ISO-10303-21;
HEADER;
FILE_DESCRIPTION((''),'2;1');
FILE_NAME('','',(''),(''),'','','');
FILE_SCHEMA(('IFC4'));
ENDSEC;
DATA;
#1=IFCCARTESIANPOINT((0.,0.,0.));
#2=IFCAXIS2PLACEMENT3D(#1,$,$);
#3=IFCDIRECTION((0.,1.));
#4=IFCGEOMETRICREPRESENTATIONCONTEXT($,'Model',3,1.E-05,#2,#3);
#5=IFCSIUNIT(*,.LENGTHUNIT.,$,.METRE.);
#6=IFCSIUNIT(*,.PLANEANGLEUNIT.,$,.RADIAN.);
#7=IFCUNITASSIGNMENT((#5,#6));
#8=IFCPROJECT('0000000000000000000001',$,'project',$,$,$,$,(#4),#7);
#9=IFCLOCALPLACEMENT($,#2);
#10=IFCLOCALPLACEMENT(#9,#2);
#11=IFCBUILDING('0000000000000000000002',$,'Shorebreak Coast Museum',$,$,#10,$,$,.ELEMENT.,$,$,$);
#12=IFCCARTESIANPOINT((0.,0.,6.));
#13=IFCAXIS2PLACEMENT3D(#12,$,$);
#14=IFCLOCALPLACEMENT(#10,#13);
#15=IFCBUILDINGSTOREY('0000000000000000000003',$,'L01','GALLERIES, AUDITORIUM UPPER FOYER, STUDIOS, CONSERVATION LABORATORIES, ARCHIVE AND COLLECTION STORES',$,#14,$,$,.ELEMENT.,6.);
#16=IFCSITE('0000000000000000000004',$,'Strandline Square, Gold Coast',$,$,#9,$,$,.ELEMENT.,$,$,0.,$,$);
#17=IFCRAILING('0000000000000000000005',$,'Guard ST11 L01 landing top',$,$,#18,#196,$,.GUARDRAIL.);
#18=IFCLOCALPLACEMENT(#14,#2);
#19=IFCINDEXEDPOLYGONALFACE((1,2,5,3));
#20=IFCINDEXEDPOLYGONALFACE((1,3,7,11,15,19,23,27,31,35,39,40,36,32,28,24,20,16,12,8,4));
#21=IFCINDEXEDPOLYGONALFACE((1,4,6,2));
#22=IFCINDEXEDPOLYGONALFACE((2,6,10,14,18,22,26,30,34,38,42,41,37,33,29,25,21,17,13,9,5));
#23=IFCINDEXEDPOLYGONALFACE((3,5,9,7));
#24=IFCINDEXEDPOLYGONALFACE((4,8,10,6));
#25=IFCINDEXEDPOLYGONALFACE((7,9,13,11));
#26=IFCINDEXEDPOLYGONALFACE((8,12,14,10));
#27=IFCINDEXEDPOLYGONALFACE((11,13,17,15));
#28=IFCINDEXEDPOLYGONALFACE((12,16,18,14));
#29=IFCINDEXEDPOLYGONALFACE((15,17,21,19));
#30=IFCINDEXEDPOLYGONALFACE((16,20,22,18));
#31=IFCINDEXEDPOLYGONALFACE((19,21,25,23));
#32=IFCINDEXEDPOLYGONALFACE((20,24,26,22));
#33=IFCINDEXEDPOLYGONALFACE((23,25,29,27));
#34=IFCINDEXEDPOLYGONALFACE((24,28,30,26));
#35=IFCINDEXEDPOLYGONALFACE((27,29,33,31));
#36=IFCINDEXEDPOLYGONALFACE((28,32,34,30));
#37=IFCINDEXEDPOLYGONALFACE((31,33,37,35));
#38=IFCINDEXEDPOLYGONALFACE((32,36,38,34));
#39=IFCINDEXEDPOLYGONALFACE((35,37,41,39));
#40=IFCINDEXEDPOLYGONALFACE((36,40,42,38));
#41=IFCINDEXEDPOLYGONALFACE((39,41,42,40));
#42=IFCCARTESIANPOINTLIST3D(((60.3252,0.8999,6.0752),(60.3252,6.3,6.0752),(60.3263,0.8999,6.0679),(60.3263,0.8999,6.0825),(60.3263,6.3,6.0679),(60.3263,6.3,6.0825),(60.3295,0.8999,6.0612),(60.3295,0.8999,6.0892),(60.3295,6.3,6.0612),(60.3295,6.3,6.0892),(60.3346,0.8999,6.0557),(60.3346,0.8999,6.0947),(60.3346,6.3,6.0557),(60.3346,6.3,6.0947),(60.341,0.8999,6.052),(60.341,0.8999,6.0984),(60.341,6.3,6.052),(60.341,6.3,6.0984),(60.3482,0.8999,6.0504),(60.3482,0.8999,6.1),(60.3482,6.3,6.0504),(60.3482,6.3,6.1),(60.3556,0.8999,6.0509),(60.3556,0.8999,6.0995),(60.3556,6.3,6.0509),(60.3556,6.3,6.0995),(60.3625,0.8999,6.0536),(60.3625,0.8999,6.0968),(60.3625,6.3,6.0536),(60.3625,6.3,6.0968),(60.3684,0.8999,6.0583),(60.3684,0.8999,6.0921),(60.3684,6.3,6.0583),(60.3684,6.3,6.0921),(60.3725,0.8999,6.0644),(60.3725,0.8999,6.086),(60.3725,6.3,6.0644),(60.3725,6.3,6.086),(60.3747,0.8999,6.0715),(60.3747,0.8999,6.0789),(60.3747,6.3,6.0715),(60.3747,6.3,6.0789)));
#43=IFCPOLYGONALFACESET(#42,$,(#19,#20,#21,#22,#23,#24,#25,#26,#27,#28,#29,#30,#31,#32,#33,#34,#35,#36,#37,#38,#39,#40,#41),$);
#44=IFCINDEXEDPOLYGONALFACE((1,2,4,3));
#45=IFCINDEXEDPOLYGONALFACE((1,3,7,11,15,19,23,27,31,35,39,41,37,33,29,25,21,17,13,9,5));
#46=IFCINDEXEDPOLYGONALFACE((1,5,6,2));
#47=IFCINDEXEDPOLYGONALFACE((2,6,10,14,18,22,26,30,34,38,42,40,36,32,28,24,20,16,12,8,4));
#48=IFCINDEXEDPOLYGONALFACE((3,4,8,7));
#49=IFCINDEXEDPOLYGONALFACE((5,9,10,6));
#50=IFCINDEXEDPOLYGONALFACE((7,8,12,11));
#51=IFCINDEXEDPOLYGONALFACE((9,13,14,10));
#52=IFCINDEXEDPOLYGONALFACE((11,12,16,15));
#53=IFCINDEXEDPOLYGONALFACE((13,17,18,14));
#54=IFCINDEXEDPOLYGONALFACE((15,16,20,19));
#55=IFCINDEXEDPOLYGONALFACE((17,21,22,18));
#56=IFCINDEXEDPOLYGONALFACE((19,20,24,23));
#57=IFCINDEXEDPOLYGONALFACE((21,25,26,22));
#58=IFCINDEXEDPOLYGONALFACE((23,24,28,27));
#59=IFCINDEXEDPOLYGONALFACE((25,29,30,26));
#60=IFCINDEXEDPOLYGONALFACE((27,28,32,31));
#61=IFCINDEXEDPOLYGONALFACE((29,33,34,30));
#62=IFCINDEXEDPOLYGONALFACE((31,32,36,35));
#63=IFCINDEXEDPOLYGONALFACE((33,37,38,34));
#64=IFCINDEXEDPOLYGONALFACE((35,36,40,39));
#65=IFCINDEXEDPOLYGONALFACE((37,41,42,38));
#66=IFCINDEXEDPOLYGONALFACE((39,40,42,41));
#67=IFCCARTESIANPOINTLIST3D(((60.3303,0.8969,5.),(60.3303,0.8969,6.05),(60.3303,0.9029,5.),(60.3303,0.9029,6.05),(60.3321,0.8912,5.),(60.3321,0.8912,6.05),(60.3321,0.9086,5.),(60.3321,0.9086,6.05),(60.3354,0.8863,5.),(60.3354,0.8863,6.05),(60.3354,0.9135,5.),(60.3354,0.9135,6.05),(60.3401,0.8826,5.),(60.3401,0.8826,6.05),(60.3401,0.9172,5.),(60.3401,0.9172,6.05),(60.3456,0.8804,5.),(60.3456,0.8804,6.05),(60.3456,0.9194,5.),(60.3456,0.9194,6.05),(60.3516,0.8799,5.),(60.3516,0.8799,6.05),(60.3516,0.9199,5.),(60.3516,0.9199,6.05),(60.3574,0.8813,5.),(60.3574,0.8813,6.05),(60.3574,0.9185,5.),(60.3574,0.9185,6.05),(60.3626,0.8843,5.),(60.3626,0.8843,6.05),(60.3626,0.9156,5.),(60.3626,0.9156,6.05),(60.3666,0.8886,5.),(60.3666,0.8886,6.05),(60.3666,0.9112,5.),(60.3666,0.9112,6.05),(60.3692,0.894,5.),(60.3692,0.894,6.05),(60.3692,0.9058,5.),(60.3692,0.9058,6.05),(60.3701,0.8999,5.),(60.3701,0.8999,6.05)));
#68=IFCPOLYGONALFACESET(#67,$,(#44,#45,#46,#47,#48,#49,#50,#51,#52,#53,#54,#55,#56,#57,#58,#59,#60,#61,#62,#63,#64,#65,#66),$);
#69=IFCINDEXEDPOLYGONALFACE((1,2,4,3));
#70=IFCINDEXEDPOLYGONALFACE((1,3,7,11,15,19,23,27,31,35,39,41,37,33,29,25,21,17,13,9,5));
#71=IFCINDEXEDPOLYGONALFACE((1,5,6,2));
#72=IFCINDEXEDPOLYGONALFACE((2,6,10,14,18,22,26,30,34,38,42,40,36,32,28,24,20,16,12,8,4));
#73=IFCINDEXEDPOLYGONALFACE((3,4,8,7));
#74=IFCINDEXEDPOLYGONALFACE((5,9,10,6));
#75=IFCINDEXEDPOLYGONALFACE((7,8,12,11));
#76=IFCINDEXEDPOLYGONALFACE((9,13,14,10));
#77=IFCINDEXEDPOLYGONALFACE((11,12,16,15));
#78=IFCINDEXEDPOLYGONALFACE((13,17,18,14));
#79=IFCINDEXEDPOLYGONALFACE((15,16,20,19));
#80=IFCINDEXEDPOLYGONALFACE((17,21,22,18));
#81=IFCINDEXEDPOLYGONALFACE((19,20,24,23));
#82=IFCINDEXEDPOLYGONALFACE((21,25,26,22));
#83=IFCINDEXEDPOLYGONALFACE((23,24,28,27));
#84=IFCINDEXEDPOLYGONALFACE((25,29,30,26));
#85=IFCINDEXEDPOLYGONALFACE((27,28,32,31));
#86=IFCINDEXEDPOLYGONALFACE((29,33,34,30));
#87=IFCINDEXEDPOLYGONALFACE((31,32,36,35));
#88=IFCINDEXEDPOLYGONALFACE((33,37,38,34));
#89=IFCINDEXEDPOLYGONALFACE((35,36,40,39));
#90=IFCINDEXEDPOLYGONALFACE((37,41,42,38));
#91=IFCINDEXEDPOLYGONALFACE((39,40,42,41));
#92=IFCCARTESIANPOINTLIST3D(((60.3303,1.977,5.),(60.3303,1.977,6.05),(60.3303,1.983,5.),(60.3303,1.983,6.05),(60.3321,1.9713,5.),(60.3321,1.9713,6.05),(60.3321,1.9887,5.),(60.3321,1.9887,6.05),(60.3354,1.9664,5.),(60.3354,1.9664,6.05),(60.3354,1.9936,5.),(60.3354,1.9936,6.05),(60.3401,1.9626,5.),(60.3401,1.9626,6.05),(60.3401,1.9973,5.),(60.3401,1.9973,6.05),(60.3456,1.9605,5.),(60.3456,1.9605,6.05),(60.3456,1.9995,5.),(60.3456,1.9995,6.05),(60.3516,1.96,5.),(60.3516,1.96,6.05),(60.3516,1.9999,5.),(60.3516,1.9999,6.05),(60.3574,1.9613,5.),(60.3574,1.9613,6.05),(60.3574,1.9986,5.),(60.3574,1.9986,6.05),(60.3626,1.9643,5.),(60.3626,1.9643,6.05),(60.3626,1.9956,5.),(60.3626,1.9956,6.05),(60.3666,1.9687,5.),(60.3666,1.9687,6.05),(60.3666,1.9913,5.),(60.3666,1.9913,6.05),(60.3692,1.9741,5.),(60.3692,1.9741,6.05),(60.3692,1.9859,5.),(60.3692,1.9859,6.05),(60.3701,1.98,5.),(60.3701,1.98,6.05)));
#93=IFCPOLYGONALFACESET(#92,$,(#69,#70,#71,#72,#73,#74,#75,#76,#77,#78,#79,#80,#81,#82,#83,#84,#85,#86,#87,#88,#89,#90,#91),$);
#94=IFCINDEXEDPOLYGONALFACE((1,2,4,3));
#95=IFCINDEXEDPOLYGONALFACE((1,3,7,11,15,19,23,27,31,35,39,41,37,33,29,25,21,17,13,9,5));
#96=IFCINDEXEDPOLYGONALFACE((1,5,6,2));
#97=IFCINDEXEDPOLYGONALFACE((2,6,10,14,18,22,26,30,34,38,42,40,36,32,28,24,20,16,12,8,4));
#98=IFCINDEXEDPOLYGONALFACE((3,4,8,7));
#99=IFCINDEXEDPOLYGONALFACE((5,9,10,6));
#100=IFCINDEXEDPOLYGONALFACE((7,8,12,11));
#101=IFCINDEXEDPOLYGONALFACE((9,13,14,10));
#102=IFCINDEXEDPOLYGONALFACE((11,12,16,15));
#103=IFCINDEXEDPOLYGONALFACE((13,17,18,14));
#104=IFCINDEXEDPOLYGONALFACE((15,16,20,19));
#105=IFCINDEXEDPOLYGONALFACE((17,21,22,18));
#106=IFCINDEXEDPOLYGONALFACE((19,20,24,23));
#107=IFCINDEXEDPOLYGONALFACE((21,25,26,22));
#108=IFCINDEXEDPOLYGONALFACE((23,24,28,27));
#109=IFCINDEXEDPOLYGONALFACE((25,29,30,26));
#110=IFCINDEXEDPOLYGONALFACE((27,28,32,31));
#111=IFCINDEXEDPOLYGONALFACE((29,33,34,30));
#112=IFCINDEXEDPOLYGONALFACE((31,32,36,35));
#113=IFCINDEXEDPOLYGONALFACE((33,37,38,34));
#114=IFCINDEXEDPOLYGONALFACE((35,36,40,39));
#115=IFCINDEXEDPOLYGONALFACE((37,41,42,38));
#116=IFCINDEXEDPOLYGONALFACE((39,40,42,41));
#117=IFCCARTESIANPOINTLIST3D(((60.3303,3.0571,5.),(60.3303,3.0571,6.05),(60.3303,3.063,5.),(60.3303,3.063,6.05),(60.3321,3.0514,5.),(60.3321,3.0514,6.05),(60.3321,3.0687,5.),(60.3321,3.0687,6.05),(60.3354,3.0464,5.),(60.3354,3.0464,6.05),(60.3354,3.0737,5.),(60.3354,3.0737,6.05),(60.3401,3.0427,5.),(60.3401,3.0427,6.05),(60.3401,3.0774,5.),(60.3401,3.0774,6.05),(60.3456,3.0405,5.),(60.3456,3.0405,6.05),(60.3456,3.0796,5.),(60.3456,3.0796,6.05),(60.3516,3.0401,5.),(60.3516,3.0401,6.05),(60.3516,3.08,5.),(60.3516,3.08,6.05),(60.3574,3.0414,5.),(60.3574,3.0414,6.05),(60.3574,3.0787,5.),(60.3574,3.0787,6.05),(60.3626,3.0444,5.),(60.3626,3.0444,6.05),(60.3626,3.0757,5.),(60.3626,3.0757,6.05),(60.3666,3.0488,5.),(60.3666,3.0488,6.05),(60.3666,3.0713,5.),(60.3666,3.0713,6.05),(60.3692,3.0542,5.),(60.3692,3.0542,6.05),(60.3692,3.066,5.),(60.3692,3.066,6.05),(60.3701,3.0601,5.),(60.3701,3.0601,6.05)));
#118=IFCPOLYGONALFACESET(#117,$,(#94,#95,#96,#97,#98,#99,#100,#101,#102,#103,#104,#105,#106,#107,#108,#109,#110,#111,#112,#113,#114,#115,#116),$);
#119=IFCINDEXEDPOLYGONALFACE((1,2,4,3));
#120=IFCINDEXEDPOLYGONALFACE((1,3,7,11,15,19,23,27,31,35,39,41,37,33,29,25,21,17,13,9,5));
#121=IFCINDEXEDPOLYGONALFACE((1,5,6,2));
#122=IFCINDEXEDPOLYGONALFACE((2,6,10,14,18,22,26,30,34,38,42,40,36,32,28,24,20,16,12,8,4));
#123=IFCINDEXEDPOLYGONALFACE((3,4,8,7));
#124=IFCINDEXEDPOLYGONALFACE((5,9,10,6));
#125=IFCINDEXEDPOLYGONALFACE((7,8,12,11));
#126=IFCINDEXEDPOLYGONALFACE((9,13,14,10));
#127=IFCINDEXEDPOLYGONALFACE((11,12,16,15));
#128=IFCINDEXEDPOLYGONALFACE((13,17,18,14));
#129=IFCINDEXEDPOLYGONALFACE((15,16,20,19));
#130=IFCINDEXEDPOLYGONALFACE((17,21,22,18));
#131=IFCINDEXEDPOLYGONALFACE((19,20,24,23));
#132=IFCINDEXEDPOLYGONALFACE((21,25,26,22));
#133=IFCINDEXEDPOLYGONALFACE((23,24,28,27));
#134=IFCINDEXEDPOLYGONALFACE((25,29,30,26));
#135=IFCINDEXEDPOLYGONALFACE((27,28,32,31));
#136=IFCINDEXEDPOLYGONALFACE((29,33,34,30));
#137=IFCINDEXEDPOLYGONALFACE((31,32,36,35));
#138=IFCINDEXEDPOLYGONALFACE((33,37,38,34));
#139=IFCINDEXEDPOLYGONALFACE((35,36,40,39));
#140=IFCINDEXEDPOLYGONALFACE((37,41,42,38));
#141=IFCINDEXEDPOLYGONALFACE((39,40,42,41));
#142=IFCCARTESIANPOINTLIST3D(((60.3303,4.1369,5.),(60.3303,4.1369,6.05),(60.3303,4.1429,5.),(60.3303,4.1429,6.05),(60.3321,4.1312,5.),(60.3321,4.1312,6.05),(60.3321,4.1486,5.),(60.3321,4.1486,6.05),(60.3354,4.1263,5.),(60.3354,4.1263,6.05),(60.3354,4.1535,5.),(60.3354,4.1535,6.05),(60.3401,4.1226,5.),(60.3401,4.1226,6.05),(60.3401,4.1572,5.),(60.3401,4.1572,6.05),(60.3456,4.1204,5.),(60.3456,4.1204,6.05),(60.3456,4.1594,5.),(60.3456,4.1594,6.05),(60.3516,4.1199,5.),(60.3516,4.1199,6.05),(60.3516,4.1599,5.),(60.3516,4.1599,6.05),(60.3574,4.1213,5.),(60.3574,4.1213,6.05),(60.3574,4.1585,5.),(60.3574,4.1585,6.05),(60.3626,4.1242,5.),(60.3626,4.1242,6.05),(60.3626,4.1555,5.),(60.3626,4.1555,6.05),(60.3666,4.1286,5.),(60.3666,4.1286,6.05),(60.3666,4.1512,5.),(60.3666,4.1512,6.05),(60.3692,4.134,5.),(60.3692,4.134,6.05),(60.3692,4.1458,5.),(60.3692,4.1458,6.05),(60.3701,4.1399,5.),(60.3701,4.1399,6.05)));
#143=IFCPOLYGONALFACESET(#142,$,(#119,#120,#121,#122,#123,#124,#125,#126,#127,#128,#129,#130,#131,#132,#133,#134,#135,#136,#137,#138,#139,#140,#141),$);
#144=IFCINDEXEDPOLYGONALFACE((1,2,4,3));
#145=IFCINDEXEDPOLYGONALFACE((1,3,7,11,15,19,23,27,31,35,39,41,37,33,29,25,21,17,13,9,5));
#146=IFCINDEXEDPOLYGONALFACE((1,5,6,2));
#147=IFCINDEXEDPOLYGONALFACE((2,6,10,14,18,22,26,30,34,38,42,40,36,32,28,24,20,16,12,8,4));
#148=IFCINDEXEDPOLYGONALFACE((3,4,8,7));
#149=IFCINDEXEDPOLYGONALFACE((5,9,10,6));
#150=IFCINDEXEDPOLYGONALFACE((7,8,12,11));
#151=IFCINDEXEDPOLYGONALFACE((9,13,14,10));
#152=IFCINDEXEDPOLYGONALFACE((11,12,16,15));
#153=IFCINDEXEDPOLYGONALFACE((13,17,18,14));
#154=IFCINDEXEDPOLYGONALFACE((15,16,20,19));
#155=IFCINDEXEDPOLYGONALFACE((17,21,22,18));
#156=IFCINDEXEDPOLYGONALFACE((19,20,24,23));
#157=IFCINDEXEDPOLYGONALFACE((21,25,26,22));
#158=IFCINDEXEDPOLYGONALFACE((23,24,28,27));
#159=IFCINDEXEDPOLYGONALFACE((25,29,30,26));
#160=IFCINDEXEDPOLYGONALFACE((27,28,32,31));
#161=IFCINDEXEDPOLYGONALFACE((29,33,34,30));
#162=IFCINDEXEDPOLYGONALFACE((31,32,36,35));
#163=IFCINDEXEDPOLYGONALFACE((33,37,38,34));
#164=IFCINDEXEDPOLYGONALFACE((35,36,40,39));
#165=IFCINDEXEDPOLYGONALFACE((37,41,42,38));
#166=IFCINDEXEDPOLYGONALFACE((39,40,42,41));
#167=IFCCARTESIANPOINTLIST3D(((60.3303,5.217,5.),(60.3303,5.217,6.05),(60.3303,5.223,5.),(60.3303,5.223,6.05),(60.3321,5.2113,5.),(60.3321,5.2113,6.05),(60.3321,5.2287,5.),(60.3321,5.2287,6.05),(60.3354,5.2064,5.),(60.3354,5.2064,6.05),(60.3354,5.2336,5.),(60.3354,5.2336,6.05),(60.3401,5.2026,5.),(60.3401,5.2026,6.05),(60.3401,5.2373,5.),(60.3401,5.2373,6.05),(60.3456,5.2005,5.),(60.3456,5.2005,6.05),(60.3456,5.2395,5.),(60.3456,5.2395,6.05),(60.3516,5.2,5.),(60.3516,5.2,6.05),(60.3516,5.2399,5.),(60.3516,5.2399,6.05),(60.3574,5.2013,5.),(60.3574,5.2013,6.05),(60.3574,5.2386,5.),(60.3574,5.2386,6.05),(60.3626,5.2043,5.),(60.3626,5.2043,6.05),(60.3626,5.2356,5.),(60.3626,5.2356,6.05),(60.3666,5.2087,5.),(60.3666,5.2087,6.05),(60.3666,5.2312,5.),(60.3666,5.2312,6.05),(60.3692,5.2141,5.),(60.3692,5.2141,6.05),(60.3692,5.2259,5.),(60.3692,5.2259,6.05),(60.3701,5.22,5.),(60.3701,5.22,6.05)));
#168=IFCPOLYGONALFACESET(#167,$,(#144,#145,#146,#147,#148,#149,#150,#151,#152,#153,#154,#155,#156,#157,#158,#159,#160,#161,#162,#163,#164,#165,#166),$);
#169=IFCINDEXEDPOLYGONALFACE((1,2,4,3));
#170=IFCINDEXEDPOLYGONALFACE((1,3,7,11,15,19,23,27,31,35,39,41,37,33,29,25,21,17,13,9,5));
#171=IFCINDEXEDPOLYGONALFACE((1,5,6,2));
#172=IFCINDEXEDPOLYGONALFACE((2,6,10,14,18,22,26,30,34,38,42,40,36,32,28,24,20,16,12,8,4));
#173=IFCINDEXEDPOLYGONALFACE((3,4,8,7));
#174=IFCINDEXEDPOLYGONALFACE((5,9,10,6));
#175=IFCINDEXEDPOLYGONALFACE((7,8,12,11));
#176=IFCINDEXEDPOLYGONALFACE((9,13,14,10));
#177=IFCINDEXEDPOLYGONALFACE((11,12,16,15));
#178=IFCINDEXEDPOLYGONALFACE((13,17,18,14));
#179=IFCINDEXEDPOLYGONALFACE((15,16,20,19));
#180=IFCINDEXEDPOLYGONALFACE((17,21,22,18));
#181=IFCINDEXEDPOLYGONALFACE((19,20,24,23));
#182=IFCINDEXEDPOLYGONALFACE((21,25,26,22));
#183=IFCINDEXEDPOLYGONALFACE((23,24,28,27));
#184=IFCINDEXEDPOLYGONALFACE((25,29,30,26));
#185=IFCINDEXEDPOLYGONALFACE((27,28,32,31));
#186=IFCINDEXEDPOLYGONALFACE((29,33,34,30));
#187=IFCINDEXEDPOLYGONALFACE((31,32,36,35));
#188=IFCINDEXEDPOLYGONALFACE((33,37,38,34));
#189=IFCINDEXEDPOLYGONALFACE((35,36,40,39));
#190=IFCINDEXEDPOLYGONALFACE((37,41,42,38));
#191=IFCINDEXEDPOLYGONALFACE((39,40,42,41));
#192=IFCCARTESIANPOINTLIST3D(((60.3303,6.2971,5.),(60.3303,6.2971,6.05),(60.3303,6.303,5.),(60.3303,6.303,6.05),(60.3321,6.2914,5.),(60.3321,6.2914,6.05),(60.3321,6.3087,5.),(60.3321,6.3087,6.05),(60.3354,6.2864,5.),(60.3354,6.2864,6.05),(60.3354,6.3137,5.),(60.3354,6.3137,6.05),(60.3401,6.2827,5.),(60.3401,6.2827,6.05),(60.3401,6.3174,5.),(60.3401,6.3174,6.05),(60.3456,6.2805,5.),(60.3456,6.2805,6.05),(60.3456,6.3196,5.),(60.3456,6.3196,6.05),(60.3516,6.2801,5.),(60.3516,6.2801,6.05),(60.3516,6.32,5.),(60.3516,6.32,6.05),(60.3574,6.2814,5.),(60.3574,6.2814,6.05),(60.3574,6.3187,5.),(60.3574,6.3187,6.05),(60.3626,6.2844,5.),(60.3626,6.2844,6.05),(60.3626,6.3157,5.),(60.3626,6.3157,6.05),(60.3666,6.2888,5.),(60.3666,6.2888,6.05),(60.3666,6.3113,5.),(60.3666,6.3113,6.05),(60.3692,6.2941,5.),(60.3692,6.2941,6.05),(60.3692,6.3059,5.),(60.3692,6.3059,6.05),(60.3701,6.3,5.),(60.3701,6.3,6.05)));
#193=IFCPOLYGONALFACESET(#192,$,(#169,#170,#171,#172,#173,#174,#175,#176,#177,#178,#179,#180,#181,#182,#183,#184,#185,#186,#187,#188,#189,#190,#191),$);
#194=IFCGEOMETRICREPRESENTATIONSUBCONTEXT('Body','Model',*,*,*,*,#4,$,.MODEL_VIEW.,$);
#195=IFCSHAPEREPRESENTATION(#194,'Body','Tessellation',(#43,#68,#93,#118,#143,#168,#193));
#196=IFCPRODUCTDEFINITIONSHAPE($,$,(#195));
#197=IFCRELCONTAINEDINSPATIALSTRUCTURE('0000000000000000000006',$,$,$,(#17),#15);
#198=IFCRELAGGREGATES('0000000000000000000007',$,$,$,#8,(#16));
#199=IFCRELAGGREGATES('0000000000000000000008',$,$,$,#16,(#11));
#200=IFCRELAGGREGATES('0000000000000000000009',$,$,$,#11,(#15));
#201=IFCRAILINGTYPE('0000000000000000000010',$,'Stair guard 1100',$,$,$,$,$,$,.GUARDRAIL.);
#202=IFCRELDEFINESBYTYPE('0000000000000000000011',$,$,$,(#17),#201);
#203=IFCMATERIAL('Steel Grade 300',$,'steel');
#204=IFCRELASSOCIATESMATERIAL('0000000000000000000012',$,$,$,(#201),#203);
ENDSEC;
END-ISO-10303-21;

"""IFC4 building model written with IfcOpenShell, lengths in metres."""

from ifc_helpers import new_model, si_unit, direction, frame, origin, origin_2d, place, context, subcontext, project, spatial, circle, extrude, material, type_object, element, save


model = new_model("IFC4")

# Units and contexts
model_context = context("Model", 3, precision=1e-05, world=origin(), true_north=direction((0.0, 1.0)))
body_context = subcontext(model_context, "Body", "Model", "MODEL_VIEW")
ifc_project = project(units=[si_unit("LENGTHUNIT", "METRE"), si_unit("PLANEANGLEUNIT", "RADIAN")], contexts=[model_context])

# Site, building, storey
site_placement = place(None, origin())
site = spatial("IfcSite", under=ifc_project, at=site_placement, Name="Strandline Square, Gold Coast", CompositionType="ELEMENT", RefElevation=0.0)
building_placement = place(site_placement, origin())
building = spatial("IfcBuilding", under=site, at=building_placement, Name="Shorebreak Coast Museum", CompositionType="ELEMENT")
storey_placement = place(building_placement, frame((0.0, 0.0, 6.0)))
storey = spatial("IfcBuildingStorey", under=building, at=storey_placement, Name="L01", Description="GALLERIES, AUDITORIUM UPPER FOYER, STUDIOS, CONSERVATION LABORATORIES, ARCHIVE AND COLLECTION STORES", CompositionType="ELEMENT", Elevation=6.0)

# Railing
ifc_material_1 = material(Name="Steel Grade 300", Category="steel")
railing_type_1 = type_object("IfcRailingType", Name="Stair guard 1100", PredefinedType="GUARDRAIL", material=ifc_material_1)
railing_1_placement = place(storey_placement, frame((60.3501, 0.8999, 5.0)))
element("IfcRailing", 1, at=railing_1_placement, inside=storey, type_object=railing_type_1, Name="Guard ST11 L01 landing top", PredefinedType="GUARDRAIL", context=body_context, shape_type="SweptSolid", body=[
    extrude(circle(Radius=0.0249, at=origin_2d()), frame((0.0, 0.0, 1.0752), z_axis=(0.0, 1.0, 0.0), x_axis=(-1.0, 0.0, 0.0)), (0.0, 0.0, 1.0), 5.4001),
    extrude(circle(Radius=0.02, at=origin_2d()), origin(), (0.0, 0.0, 1.0), 1.05),
    extrude(circle(Radius=0.02, at=origin_2d()), frame((0.0, 1.0801, 0.0)), (0.0, 0.0, 1.0), 1.05),
    extrude(circle(Radius=0.02, at=origin_2d()), frame((0.0, 2.1602, 0.0)), (0.0, 0.0, 1.0), 1.05),
    extrude(circle(Radius=0.02, at=origin_2d()), frame((0.0, 3.24, 0.0)), (0.0, 0.0, 1.0), 1.05),
    extrude(circle(Radius=0.02, at=origin_2d()), frame((0.0, 4.3201, 0.0)), (0.0, 0.0, 1.0), 1.05),
    extrude(circle(Radius=0.02, at=origin_2d()), frame((0.0, 5.4001, 0.0)), (0.0, 0.0, 1.0), 1.05),
])

save(model, "model.ifc")
